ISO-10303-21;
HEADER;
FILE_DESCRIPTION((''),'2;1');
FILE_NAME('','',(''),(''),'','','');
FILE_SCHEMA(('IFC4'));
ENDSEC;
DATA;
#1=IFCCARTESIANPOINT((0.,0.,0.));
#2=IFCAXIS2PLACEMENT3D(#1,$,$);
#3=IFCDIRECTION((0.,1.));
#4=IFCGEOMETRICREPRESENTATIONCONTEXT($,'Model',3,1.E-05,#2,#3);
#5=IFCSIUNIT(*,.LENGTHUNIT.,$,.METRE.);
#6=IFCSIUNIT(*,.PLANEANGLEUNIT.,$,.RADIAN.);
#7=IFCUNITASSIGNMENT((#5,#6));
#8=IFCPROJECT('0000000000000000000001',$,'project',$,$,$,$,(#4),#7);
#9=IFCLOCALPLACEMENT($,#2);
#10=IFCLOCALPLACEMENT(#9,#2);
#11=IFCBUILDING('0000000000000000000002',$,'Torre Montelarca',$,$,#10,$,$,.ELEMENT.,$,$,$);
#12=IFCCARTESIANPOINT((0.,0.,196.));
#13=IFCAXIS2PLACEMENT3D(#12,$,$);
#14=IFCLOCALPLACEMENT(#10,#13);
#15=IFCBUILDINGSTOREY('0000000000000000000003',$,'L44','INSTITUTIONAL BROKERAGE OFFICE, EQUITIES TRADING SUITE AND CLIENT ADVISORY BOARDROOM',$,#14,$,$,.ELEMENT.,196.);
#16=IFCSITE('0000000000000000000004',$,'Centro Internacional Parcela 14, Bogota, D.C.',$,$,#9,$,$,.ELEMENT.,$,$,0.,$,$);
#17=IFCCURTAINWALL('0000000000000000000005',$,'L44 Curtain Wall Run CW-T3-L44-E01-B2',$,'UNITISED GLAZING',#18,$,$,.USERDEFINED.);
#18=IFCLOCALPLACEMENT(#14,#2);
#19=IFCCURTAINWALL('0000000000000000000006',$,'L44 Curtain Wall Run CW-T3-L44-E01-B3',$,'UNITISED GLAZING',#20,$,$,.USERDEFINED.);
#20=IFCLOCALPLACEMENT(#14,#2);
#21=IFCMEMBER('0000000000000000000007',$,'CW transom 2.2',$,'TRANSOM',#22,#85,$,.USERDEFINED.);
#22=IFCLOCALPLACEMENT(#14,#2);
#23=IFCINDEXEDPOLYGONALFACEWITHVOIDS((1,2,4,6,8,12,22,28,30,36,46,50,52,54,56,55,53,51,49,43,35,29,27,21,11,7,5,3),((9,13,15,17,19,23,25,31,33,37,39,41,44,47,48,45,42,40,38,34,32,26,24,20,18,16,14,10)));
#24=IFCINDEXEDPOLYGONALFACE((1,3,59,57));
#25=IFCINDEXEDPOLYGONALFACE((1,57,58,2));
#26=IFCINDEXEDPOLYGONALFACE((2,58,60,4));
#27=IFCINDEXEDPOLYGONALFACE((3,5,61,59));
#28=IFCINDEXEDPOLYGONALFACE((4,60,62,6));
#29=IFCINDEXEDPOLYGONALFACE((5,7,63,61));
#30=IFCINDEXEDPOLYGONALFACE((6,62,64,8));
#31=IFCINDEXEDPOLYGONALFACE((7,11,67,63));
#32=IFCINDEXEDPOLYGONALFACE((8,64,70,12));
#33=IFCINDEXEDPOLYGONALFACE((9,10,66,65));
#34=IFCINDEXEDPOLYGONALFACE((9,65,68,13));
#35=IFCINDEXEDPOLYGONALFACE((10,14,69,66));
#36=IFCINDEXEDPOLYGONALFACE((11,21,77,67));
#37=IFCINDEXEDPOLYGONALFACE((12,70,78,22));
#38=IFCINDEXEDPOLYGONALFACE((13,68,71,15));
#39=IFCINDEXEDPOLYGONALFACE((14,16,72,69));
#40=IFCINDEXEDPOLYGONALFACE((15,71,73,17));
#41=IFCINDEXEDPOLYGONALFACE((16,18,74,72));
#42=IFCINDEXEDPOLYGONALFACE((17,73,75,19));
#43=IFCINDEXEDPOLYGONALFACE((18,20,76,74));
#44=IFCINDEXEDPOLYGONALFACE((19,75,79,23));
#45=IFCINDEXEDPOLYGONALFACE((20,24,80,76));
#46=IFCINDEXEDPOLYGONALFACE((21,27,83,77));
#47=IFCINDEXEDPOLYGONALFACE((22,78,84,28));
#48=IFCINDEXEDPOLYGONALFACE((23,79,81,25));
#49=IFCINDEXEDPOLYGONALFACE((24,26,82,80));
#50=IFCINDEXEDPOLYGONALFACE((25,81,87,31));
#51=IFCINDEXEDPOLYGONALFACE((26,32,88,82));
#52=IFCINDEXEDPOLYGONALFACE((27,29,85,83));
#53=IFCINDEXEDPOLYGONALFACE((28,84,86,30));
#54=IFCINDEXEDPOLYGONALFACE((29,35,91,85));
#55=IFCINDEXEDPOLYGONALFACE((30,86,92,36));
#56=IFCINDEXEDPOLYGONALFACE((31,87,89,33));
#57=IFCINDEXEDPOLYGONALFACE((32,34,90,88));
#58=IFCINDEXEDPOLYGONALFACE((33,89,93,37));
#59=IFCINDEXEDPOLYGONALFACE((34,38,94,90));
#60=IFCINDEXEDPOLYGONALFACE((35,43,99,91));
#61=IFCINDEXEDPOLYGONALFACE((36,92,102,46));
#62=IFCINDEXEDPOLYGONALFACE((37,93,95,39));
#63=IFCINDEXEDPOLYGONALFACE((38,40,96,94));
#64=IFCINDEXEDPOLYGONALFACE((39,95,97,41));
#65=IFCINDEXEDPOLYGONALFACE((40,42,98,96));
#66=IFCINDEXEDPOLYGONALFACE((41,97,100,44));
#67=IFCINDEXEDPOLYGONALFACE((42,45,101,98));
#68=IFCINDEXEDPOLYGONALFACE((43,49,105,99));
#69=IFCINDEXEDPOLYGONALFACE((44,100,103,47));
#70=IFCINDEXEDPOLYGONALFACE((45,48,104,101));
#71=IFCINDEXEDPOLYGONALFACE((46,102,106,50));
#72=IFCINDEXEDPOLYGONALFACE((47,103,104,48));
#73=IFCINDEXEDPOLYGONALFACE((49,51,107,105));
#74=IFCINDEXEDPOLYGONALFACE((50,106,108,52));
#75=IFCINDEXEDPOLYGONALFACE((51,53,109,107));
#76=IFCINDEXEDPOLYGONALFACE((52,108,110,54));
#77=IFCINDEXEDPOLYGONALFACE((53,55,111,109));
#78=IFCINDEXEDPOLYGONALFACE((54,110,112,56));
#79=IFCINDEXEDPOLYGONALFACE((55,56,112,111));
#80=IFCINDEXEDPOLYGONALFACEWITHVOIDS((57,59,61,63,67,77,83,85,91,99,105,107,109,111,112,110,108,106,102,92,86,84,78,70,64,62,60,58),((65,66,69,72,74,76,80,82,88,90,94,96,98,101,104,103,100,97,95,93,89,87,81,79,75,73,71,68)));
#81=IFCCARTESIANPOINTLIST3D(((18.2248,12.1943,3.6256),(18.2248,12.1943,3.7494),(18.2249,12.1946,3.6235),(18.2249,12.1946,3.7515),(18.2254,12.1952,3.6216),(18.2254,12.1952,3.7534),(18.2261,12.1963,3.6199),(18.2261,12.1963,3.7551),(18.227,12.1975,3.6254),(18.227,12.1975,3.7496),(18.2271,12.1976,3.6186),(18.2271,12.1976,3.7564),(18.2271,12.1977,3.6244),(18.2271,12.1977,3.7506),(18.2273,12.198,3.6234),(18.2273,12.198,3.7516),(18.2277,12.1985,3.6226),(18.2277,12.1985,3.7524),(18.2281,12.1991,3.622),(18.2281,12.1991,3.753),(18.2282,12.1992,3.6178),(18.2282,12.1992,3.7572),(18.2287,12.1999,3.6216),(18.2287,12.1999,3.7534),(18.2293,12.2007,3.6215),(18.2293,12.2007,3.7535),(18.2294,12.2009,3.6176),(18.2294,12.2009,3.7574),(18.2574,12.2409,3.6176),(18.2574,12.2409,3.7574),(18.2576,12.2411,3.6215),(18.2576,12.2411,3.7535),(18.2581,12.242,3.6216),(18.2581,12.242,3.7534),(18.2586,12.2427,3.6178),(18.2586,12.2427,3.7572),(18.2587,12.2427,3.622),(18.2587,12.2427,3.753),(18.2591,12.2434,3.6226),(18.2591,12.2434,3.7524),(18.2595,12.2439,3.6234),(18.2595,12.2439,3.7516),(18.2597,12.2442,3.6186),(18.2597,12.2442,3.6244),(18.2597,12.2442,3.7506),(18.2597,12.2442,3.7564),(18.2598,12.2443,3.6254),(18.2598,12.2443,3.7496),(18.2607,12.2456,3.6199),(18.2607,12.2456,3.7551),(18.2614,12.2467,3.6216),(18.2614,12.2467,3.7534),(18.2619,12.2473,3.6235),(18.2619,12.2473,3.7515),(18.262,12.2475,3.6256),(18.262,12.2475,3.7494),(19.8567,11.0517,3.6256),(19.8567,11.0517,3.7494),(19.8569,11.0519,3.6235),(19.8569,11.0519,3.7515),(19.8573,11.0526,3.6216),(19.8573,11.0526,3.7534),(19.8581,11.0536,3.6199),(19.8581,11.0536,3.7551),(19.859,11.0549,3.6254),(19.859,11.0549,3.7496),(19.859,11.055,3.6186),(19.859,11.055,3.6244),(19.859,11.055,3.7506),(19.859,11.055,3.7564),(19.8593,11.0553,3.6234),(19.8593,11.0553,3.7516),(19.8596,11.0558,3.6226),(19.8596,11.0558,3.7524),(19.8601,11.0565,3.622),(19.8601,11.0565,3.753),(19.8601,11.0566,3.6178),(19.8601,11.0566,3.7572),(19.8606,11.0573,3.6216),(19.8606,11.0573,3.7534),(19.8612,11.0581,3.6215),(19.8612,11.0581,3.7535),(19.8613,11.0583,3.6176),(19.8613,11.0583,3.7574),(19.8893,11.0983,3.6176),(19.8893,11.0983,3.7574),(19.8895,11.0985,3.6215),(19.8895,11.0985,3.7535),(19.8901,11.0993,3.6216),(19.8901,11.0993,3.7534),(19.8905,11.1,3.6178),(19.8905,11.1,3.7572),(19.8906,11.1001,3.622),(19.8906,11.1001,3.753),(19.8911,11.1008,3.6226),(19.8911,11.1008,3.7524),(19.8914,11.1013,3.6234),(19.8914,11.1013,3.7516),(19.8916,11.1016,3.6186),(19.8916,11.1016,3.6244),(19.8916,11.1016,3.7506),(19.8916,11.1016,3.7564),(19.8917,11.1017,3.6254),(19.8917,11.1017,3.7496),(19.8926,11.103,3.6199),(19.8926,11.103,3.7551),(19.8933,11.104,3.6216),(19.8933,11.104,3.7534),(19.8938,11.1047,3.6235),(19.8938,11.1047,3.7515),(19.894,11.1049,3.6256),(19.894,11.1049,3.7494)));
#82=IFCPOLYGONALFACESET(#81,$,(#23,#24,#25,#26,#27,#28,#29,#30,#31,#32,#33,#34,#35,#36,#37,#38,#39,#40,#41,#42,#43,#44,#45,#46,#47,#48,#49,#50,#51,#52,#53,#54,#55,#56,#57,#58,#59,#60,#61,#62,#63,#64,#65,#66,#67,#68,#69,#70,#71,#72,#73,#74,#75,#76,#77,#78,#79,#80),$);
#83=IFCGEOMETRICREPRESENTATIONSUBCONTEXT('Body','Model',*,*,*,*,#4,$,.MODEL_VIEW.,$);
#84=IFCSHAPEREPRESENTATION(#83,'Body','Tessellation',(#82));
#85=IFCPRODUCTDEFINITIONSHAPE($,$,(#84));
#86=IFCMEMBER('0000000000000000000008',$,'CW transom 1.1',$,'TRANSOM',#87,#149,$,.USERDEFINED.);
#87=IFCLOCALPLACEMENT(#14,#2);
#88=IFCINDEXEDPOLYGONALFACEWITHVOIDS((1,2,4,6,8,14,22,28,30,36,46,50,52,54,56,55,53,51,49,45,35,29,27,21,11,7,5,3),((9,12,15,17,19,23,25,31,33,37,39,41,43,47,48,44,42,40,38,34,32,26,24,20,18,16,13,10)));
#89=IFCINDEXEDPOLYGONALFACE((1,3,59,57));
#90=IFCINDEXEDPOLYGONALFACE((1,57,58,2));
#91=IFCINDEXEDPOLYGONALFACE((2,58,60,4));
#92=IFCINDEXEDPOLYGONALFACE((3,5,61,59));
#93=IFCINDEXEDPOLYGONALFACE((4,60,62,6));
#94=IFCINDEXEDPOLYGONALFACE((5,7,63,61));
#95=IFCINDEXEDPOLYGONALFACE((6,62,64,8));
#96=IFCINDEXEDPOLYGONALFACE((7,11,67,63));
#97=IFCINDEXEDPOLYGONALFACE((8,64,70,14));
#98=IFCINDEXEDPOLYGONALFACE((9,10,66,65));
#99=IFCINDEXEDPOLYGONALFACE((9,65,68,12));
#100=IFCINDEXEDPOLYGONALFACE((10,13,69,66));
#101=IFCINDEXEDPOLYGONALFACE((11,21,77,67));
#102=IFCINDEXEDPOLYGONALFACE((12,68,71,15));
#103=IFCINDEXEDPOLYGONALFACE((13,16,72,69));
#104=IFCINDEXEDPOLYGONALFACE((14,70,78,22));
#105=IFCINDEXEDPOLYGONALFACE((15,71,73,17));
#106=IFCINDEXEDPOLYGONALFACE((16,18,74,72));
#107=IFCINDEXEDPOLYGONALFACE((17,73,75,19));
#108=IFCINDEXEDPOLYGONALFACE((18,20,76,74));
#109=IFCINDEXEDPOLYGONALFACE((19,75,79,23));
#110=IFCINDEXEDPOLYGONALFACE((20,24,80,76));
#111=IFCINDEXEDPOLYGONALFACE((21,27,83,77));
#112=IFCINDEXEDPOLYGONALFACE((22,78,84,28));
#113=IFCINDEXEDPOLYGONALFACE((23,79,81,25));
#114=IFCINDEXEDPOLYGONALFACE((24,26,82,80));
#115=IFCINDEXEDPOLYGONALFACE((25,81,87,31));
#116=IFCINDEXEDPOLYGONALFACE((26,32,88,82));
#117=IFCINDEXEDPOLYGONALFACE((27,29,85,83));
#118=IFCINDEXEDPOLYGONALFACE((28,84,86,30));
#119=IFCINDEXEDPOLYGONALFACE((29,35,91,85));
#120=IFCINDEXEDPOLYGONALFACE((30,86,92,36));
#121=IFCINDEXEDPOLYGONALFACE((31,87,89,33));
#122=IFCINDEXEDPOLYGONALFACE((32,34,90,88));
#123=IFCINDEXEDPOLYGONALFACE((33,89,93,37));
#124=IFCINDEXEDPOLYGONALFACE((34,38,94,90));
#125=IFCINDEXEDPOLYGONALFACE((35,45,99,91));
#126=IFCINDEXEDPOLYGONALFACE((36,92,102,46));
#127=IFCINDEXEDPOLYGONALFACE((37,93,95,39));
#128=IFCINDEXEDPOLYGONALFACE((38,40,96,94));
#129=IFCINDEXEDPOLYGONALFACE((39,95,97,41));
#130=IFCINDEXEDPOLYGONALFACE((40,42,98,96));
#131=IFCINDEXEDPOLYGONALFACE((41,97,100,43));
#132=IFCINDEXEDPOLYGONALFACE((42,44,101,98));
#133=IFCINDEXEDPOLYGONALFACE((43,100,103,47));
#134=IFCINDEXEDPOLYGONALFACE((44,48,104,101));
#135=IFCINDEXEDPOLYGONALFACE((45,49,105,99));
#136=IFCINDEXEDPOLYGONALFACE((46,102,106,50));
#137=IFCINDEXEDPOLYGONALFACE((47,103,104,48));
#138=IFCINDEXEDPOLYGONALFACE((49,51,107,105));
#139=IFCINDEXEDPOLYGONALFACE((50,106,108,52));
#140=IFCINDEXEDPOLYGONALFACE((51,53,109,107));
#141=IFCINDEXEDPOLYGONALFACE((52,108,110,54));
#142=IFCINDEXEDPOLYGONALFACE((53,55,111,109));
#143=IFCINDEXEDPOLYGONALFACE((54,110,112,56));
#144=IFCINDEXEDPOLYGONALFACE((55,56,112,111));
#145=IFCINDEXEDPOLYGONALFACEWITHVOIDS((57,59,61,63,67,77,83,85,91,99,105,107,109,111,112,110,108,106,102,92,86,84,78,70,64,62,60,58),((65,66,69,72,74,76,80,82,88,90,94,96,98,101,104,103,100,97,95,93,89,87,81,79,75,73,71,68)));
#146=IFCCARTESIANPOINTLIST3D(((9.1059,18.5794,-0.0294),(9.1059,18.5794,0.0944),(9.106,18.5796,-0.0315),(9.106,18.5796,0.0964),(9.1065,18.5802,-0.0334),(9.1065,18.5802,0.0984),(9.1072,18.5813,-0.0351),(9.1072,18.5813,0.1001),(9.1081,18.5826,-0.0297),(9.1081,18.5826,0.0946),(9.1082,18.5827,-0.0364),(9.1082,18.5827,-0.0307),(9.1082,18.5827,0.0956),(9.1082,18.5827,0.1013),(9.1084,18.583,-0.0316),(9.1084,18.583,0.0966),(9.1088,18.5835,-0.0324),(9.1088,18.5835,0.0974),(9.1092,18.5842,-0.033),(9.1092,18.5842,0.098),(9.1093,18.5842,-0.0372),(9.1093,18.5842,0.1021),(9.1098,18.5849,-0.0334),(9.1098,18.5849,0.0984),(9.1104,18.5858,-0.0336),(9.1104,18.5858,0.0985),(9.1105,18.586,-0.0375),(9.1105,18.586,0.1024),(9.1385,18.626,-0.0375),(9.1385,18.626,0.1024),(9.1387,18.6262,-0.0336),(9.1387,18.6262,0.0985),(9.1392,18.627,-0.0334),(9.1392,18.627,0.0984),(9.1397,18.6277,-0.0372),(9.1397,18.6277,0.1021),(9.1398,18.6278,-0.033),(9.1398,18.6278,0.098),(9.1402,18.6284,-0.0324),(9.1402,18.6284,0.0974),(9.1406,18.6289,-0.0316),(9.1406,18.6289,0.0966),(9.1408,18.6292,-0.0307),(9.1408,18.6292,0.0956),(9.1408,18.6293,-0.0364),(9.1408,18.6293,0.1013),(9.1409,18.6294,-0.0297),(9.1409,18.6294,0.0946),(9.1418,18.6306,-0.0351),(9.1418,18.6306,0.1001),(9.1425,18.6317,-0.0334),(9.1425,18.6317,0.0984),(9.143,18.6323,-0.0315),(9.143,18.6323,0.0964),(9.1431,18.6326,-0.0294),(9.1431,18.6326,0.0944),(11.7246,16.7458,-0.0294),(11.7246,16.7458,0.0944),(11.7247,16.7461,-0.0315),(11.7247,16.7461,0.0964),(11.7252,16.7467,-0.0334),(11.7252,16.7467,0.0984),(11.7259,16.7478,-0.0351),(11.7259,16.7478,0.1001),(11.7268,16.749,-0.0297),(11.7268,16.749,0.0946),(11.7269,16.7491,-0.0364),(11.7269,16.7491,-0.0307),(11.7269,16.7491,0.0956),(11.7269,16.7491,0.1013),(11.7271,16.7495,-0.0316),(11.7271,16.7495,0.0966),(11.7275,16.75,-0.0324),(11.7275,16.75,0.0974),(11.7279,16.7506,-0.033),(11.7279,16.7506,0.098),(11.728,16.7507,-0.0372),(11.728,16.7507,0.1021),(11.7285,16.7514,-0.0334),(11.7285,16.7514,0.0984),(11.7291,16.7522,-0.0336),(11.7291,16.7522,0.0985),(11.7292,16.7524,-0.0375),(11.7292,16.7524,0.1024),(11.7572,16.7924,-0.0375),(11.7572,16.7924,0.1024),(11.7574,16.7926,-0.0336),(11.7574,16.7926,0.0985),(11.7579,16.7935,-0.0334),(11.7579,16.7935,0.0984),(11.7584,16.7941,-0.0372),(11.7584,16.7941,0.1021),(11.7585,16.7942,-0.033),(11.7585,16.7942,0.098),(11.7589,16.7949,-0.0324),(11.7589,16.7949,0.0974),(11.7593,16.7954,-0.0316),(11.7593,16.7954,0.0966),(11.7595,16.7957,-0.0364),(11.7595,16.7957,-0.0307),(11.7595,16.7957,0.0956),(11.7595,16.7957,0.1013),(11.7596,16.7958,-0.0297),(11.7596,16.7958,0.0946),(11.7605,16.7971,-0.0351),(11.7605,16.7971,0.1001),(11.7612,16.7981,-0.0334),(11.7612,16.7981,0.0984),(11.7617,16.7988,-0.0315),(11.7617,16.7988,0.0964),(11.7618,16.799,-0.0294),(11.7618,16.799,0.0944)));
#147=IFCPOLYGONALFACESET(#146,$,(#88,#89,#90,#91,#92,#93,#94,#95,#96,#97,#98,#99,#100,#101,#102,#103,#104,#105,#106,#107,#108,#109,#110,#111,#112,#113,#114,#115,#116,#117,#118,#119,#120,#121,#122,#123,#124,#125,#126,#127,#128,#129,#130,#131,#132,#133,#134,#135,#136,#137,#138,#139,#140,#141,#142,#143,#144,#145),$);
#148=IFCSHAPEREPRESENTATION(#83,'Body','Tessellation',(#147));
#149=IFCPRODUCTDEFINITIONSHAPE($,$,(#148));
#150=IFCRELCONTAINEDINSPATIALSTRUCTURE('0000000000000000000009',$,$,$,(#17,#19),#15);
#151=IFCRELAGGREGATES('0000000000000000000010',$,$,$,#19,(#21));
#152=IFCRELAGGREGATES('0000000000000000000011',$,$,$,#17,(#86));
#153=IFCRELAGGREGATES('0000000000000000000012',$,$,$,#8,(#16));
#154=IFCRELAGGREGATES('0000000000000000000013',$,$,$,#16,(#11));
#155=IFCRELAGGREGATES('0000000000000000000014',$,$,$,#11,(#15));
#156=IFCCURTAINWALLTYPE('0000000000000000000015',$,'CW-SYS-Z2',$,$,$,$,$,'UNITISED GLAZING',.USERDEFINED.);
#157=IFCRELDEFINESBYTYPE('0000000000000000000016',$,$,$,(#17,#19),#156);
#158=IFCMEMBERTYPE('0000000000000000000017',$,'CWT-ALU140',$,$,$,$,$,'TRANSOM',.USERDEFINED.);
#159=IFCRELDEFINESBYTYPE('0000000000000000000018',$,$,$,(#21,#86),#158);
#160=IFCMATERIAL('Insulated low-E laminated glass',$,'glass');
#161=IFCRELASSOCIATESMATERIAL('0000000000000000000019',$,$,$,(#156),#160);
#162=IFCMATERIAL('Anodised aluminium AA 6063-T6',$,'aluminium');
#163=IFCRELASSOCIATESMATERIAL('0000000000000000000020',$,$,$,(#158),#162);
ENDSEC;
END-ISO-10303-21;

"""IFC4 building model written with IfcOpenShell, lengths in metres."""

from ifc_helpers import new_model, si_unit, direction, frame, origin, origin_2d, place, context, subcontext, project, spatial, hollow_rectangle, extrude, source, transform, mapped, material, material_profile, profile_set, type_object, element, aggregate, save


model = new_model("IFC4")

# Units and contexts
model_context = context("Model", 3, precision=1e-05, world=origin(), true_north=direction((0.0, 1.0)))
body_context = subcontext(model_context, "Body", "Model", "MODEL_VIEW")
ifc_project = project(units=[si_unit("LENGTHUNIT", "METRE"), si_unit("PLANEANGLEUNIT", "RADIAN")], contexts=[model_context])

# Site, building, storey
site_placement = place(None, origin())
site = spatial("IfcSite", under=ifc_project, at=site_placement, Name="Centro Internacional Parcela 14, Bogota, D.C.", CompositionType="ELEMENT", RefElevation=0.0)
building_placement = place(site_placement, origin())
building = spatial("IfcBuilding", under=site, at=building_placement, Name="Torre Montelarca", CompositionType="ELEMENT")
storey_placement = place(building_placement, frame((0.0, 0.0, 196.0)))
storey = spatial("IfcBuildingStorey", under=building, at=storey_placement, Name="L44", Description="INSTITUTIONAL BROKERAGE OFFICE, EQUITIES TRADING SUITE AND CLIENT ADVISORY BOARDROOM", CompositionType="ELEMENT", Elevation=196.0)

# Curtain walls
ifc_material_1 = material(Name="Insulated low-E laminated glass", Category="glass")
curtain_wall_type = type_object("IfcCurtainWallType", Name="CW-SYS-Z2", ElementType="UNITISED GLAZING", PredefinedType="USERDEFINED", material=ifc_material_1)
ifc_material_2 = material(Name="Anodised aluminium AA 6063-T6", Category="aluminium")
ifc_material_profile_1 = material_profile(ifc_material_2, hollow_rectangle(XDim=0.0649, YDim=0.1399, WallThickness=0.0039, InnerFilletRadius=0.0039, OuterFilletRadius=0.0081, at=origin_2d()), Name="ALU65X140X4", Category="aluminium")
ifc_profile_set_1 = profile_set([ifc_material_profile_1], Name="Anodised aluminium AA 6063-T6")
member_type_1 = type_object("IfcMemberType", Name="CWT-ALU140", ElementType="TRANSOM", PredefinedType="USERDEFINED", material=ifc_profile_set_1)
curtain_wall_1_placement = place(storey_placement, origin())
curtain_wall_1 = element("IfcCurtainWall", 1, at=curtain_wall_1_placement, inside=storey, type_object=curtain_wall_type, Name="L44 Curtain Wall Run CW-T3-L44-E01-B2", ObjectType="UNITISED GLAZING", PredefinedType="USERDEFINED")
curtain_wall_2_placement = place(storey_placement, origin())
curtain_wall_2 = element("IfcCurtainWall", 2, at=curtain_wall_2_placement, inside=storey, type_object=curtain_wall_type, Name="L44 Curtain Wall Run CW-T3-L44-E01-B3", ObjectType="UNITISED GLAZING", PredefinedType="USERDEFINED")

# Members
shared_shape_1 = source(origin(), body_context, "Body", "SweptSolid", [
    extrude(hollow_rectangle(XDim=0.0649, YDim=0.1399, WallThickness=0.0039, InnerFilletRadius=0.0039, OuterFilletRadius=0.0081, at=origin_2d()), origin(), (0.0, 0.0, 1.0), 1.9922),
])
member_1_placement = place(storey_placement, frame((18.2434, 12.2209, 3.6875), z_axis=(0.819163, -0.573561, 0.0), x_axis=(0.573561, 0.819163, 0.0)))
member_1 = element("IfcMember", 3, at=member_1_placement, type_object=member_type_1, Name="CW transom 2.2", ObjectType="TRANSOM", PredefinedType="USERDEFINED", context=body_context, shape_type="MappedRepresentation", body=[
    mapped(shared_shape_1, transform((0.0, 0.0, 0.0), scale=1.0)),
])
shared_shape_2 = source(origin(), body_context, "Body", "SweptSolid", [
    extrude(hollow_rectangle(XDim=0.0649, YDim=0.1399, WallThickness=0.0039, InnerFilletRadius=0.0039, OuterFilletRadius=0.0081, at=origin_2d()), origin(), (0.0, 0.0, 1.0), 3.1968),
])
member_2_placement = place(storey_placement, frame((9.1245, 18.606, 0.0325), z_axis=(0.819167, -0.573555, 0.0), x_axis=(0.573555, 0.819167, 0.0)))
member_2 = element("IfcMember", 4, at=member_2_placement, type_object=member_type_1, Name="CW transom 1.1", ObjectType="TRANSOM", PredefinedType="USERDEFINED", context=body_context, shape_type="MappedRepresentation", body=[
    mapped(shared_shape_2, transform((0.0, 0.0, 0.0), scale=1.0)),
])

aggregate(curtain_wall_2, [member_1])
aggregate(curtain_wall_1, [member_2])

save(model, "model.ifc")
